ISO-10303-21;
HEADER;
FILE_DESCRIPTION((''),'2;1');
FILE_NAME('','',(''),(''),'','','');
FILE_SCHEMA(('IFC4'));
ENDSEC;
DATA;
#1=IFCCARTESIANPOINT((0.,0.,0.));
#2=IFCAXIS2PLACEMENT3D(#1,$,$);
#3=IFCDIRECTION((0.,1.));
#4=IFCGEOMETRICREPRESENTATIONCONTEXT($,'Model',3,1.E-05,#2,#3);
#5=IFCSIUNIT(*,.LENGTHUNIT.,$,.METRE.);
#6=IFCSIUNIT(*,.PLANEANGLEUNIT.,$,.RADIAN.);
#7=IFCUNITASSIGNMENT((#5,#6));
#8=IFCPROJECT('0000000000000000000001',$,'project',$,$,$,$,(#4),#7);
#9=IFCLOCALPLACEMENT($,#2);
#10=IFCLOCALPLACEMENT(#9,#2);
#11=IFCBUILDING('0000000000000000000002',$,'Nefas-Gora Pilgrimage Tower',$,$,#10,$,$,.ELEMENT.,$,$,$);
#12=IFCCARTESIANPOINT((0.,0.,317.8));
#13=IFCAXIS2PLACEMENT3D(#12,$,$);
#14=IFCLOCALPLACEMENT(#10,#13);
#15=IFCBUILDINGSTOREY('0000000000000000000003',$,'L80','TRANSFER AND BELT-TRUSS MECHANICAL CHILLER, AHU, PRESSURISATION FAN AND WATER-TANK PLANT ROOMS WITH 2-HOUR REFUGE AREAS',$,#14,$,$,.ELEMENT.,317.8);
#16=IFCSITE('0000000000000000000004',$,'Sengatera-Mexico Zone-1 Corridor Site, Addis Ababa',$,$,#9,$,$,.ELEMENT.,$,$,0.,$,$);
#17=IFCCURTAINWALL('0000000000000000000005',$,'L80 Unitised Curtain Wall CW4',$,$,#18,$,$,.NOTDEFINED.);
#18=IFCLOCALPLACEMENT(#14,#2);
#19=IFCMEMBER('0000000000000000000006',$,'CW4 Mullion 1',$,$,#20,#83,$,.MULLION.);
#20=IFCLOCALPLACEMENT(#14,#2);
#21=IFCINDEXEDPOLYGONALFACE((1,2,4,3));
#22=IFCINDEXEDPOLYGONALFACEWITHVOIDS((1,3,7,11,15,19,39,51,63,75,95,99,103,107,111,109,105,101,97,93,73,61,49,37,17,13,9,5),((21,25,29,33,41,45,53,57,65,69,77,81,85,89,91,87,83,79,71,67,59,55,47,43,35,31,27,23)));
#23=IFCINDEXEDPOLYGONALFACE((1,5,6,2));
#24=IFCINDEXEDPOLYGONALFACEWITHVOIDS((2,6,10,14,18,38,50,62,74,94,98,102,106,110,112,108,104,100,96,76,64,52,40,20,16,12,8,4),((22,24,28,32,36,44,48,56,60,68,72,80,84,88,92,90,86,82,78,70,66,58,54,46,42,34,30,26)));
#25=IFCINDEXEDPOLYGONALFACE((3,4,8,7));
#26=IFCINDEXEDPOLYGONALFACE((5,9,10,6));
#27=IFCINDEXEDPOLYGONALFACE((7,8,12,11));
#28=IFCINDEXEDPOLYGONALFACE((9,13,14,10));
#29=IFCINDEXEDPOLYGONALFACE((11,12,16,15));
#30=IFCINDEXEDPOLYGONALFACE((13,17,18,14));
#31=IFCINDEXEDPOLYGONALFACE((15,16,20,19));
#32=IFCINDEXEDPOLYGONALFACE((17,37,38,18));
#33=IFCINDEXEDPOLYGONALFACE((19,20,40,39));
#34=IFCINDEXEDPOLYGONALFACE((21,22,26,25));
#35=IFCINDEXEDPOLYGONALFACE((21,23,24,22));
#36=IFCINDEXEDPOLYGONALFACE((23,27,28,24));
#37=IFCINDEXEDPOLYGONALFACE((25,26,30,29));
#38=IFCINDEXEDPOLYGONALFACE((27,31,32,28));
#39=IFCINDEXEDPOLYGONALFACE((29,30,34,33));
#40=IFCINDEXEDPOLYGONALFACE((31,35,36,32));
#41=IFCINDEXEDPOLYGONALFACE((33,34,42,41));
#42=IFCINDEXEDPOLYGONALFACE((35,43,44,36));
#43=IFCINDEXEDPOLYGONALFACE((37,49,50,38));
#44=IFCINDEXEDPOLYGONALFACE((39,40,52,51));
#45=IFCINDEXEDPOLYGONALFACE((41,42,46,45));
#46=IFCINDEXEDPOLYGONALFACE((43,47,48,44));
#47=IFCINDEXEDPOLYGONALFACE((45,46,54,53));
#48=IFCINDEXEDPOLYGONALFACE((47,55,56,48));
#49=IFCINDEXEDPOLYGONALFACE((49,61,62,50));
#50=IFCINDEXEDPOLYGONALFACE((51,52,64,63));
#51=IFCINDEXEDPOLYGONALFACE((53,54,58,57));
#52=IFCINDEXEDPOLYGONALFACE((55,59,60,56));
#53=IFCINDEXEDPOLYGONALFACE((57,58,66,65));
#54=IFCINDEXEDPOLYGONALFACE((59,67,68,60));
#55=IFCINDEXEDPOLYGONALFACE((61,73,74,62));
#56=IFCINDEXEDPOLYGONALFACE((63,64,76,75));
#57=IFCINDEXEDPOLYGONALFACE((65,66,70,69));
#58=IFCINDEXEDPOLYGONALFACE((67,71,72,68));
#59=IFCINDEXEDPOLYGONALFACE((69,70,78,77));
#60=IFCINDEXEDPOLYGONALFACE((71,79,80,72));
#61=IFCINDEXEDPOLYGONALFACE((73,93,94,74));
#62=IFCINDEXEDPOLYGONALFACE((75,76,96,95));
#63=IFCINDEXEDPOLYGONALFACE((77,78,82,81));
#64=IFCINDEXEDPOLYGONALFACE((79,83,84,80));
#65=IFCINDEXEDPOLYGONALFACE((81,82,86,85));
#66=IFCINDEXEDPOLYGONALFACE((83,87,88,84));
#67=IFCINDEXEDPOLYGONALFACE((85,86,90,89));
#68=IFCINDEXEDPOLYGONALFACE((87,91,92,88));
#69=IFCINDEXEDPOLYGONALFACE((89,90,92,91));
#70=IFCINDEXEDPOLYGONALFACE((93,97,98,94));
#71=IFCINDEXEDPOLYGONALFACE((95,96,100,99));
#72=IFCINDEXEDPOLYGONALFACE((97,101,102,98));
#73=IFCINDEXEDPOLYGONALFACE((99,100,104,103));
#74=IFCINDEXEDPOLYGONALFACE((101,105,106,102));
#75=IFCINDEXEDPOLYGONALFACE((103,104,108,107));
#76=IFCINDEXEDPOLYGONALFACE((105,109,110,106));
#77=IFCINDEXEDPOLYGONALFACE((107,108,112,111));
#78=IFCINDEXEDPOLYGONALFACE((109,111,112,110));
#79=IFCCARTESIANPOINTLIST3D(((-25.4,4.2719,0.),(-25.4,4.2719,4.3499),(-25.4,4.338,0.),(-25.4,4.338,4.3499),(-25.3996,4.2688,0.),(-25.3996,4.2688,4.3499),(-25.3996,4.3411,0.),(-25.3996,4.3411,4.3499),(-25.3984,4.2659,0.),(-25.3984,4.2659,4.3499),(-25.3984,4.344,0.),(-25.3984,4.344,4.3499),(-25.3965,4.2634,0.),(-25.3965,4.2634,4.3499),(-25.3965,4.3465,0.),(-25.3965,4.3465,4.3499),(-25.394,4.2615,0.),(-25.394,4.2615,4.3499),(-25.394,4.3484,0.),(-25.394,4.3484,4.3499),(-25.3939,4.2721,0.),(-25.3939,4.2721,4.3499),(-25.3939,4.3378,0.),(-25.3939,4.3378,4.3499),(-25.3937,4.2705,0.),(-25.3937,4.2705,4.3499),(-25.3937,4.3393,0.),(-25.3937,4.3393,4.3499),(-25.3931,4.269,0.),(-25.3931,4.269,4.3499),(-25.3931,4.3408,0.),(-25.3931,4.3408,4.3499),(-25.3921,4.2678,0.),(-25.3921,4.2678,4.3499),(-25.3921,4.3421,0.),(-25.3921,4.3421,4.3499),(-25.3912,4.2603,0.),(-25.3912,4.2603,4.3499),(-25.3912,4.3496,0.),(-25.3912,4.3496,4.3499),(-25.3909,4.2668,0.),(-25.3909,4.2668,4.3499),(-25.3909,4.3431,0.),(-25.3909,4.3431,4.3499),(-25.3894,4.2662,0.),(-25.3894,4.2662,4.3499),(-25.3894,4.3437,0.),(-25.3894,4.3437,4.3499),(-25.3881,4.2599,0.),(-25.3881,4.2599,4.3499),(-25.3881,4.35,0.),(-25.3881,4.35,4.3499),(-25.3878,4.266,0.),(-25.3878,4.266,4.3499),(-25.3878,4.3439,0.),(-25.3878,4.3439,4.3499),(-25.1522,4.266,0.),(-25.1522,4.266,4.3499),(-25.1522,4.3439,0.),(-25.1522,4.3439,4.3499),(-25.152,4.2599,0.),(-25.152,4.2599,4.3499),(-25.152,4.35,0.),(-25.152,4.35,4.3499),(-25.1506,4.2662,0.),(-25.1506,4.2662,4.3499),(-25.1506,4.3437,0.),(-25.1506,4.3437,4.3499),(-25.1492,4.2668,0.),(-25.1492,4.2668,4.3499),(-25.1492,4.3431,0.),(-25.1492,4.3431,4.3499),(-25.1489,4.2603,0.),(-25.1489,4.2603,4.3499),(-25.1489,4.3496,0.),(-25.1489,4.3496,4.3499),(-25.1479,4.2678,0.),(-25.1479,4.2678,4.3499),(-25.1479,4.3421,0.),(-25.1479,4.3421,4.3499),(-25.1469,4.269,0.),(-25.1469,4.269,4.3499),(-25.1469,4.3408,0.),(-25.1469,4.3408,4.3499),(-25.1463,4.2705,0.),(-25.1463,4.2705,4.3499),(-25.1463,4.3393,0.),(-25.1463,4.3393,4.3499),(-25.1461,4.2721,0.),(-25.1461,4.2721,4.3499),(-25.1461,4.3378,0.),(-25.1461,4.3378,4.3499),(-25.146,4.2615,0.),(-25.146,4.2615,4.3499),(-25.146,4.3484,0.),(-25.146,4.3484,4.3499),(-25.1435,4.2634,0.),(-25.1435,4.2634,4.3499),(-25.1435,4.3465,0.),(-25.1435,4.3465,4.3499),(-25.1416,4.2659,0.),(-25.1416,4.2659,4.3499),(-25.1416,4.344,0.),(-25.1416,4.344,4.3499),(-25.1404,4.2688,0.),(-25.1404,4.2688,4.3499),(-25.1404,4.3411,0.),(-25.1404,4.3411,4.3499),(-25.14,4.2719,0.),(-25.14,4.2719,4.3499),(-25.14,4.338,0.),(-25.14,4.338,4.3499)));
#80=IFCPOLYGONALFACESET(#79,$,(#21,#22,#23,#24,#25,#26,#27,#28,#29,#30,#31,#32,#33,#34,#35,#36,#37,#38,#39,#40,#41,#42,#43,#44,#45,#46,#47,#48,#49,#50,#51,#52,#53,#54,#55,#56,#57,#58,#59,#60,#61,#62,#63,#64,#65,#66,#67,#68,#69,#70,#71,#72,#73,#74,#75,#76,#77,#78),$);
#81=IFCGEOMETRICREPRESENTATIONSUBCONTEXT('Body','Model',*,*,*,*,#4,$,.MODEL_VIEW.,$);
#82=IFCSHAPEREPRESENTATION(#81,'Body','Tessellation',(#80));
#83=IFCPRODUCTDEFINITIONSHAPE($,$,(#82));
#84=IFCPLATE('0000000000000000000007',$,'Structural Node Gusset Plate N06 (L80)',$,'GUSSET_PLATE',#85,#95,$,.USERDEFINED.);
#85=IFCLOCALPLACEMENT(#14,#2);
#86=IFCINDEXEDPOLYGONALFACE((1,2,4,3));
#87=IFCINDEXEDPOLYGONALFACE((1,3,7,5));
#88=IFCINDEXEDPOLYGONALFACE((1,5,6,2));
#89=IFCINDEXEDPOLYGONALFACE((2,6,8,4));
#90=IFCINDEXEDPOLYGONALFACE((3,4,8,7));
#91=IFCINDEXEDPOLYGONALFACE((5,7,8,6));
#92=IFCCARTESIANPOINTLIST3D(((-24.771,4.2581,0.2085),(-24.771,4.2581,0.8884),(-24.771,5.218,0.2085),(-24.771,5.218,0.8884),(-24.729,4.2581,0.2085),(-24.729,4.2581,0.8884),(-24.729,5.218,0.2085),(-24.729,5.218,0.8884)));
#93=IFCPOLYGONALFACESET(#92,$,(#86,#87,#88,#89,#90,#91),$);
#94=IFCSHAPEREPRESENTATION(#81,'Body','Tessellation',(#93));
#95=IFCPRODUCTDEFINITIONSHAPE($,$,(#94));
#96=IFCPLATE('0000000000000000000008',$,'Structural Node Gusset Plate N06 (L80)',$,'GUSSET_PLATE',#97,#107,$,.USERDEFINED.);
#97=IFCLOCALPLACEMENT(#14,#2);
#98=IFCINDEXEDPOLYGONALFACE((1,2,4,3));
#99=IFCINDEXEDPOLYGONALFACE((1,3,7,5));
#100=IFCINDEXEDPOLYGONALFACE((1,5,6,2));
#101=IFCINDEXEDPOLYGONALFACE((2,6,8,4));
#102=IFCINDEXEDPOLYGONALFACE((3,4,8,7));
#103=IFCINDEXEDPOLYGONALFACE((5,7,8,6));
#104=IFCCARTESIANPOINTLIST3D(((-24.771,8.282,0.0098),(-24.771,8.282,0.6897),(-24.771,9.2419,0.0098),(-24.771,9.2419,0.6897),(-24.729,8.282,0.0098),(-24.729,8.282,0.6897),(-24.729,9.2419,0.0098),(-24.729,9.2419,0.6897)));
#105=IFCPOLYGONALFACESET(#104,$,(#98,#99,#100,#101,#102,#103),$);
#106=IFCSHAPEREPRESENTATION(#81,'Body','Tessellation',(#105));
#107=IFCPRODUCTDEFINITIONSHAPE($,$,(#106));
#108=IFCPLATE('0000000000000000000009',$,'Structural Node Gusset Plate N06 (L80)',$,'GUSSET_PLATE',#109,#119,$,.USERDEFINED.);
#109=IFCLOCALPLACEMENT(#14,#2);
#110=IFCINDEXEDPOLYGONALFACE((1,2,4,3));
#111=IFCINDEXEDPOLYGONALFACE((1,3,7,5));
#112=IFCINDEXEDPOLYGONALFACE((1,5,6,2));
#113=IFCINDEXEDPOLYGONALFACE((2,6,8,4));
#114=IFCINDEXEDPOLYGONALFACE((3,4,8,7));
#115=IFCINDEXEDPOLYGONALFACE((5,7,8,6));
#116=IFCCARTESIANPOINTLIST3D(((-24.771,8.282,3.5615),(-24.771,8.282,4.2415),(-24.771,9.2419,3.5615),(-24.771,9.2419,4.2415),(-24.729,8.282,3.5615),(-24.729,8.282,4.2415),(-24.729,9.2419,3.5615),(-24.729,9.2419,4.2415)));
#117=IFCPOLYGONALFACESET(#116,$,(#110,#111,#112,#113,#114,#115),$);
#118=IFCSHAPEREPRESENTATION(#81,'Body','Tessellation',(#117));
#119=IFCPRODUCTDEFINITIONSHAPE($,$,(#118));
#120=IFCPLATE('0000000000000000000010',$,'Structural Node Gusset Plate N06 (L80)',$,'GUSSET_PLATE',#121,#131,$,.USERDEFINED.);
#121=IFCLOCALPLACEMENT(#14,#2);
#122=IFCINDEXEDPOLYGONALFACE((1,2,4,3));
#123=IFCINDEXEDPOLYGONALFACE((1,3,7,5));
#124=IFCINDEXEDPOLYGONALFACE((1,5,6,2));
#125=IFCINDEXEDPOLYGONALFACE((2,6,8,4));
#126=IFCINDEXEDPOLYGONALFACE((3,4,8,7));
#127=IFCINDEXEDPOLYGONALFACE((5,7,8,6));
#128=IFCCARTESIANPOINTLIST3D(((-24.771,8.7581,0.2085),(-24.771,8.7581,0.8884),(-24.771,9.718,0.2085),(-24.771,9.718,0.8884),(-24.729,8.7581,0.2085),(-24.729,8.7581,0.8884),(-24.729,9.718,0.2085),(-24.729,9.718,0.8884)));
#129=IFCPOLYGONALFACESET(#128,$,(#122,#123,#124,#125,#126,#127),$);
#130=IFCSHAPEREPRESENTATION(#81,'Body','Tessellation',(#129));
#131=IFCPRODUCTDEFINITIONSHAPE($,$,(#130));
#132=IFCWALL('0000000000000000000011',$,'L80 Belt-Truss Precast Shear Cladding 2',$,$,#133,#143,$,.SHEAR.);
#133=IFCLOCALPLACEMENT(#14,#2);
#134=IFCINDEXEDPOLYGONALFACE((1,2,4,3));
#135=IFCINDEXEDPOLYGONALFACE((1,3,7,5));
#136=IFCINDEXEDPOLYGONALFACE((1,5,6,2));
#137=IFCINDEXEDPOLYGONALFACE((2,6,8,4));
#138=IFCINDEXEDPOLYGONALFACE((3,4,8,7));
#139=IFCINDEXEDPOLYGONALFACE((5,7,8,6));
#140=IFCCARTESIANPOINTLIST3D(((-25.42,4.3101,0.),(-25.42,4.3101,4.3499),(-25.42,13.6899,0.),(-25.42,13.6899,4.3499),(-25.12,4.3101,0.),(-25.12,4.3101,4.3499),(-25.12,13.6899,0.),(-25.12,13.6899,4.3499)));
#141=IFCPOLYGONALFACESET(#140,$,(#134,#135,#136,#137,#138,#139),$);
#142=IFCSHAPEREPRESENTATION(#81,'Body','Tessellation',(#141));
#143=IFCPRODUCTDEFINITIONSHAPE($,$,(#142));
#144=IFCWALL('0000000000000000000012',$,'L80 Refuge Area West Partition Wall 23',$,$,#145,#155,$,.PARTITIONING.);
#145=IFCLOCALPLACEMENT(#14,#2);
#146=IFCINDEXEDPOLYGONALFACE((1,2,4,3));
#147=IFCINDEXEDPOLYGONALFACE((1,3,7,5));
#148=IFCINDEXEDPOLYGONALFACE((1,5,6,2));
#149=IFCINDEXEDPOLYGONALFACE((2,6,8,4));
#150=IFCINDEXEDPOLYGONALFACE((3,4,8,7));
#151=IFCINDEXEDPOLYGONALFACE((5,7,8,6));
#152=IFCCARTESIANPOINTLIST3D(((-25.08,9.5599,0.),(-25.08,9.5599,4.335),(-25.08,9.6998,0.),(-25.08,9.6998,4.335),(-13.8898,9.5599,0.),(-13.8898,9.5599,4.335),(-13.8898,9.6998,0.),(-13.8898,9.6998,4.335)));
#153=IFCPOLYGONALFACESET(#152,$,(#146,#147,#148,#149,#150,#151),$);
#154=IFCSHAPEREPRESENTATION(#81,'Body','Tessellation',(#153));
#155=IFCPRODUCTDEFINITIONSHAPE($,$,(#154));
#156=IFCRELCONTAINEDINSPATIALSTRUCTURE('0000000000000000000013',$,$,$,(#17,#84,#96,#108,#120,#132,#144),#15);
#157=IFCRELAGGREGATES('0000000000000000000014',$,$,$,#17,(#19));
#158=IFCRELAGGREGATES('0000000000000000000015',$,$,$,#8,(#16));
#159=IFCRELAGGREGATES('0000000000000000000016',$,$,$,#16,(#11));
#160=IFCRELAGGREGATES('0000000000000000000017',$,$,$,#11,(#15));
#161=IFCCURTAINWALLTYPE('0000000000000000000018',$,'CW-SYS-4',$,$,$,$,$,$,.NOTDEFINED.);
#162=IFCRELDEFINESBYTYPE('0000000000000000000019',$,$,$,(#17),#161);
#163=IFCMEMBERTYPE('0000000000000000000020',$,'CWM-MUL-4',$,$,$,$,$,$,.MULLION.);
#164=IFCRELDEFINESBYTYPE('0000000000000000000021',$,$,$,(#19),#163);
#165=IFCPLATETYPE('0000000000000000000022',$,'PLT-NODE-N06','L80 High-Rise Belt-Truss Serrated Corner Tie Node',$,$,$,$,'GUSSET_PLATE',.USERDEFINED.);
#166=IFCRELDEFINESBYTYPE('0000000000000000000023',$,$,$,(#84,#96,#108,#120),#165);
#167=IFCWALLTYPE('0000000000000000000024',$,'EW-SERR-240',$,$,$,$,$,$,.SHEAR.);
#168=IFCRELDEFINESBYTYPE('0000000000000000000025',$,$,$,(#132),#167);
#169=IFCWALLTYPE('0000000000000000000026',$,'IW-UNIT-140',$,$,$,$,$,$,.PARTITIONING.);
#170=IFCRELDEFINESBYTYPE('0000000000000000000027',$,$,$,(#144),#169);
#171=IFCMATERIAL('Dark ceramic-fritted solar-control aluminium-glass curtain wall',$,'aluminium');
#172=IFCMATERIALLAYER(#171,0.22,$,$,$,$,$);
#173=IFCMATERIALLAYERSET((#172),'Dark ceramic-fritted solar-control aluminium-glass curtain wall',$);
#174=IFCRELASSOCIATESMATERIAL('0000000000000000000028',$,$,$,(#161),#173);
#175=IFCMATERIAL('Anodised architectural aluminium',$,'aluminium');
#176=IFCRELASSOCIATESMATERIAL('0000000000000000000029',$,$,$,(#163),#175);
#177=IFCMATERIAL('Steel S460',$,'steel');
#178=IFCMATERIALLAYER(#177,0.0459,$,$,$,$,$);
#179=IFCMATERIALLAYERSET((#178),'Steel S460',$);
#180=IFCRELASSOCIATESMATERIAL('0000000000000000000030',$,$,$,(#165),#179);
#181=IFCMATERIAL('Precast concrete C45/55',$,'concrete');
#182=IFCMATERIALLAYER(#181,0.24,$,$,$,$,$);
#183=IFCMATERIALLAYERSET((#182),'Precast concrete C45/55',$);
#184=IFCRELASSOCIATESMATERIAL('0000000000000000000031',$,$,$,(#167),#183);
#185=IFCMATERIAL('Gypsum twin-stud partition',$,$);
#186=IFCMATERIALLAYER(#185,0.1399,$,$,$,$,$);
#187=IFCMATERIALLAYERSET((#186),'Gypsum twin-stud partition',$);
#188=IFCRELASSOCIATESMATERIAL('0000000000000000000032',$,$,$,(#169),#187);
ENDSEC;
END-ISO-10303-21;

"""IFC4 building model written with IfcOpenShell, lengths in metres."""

from ifc_helpers import new_model, si_unit, direction, frame, frame_2d, origin, origin_2d, place, context, subcontext, project, spatial, rectangle, hollow_rectangle, extrude, source, transform, mapped, material, layer, layer_set, material_profile, profile_set, type_object, element, aggregate, save


model = new_model("IFC4")

# Units and contexts
model_context = context("Model", 3, precision=1e-05, world=origin(), true_north=direction((0.0, 1.0)))
body_context = subcontext(model_context, "Body", "Model", "MODEL_VIEW")
ifc_project = project(units=[si_unit("LENGTHUNIT", "METRE"), si_unit("PLANEANGLEUNIT", "RADIAN")], contexts=[model_context])

# Site, building, storey
site_placement = place(None, origin())
site = spatial("IfcSite", under=ifc_project, at=site_placement, Name="Sengatera-Mexico Zone-1 Corridor Site, Addis Ababa", CompositionType="ELEMENT", RefElevation=0.0)
building_placement = place(site_placement, origin())
building = spatial("IfcBuilding", under=site, at=building_placement, Name="Nefas-Gora Pilgrimage Tower", CompositionType="ELEMENT")
storey_placement = place(building_placement, frame((0.0, 0.0, 317.8)))
storey = spatial("IfcBuildingStorey", under=building, at=storey_placement, Name="L80", Description="TRANSFER AND BELT-TRUSS MECHANICAL CHILLER, AHU, PRESSURISATION FAN AND WATER-TANK PLANT ROOMS WITH 2-HOUR REFUGE AREAS", CompositionType="ELEMENT", Elevation=317.8)

# Shared definitions
ifc_material_1 = material(Name="Steel S460", Category="steel")

# Curtain wall, member
ifc_material_2 = material(Name="Dark ceramic-fritted solar-control aluminium-glass curtain wall", Category="aluminium")
ifc_layer_1 = layer(ifc_material_2, 0.22)
ifc_layer_set_1 = layer_set([ifc_layer_1], Name="Dark ceramic-fritted solar-control aluminium-glass curtain wall")
curtain_wall_type = type_object("IfcCurtainWallType", Name="CW-SYS-4", PredefinedType="NOTDEFINED", material=ifc_layer_set_1)
curtain_wall_placement = place(storey_placement, origin())
curtain_wall = element("IfcCurtainWall", 1, at=curtain_wall_placement, inside=storey, type_object=curtain_wall_type, Name="L80 Unitised Curtain Wall CW4", PredefinedType="NOTDEFINED")
ifc_material_3 = material(Name="Anodised architectural aluminium", Category="aluminium")
ifc_material_profile_1 = material_profile(ifc_material_3, hollow_rectangle(XDim=0.0901, YDim=0.26, WallThickness=0.0061, InnerFilletRadius=0.0061, OuterFilletRadius=0.012, at=origin_2d()), Name="ALU MULLION 90x260")
ifc_profile_set_1 = profile_set([ifc_material_profile_1], Name="Anodised architectural aluminium")
member_type_1 = type_object("IfcMemberType", Name="CWM-MUL-4", PredefinedType="MULLION", material=ifc_profile_set_1)
shared_shape_1 = source(origin(), body_context, "Body", "SweptSolid", [
    extrude(hollow_rectangle(XDim=0.0901, YDim=0.26, WallThickness=0.0061, InnerFilletRadius=0.0061, OuterFilletRadius=0.012, at=origin_2d()), origin(), (0.0, 0.0, 1.0), 4.3499),
])
member_1_placement = place(storey_placement, frame((-25.27, 4.3049, 0.0), z_axis=(0.0, 0.0, 1.0), x_axis=(0.0, -1.0, 0.0)))
member_1 = element("IfcMember", 2, at=member_1_placement, type_object=member_type_1, Name="CW4 Mullion 1", PredefinedType="MULLION", context=body_context, shape_type="MappedRepresentation", body=[
    mapped(shared_shape_1, transform((0.0, 0.0, 0.0), x_axis=(1.0, 0.0, 0.0), y_axis=(0.0, 1.0, 0.0), z_axis=(0.0, 0.0, 1.0), scale=1.0)),
])
aggregate(curtain_wall, [member_1])

# Plates
ifc_layer_2 = layer(ifc_material_1, 0.0459)
ifc_layer_set_2 = layer_set([ifc_layer_2], Name="Steel S460")
plate_type = type_object("IfcPlateType", Name="PLT-NODE-N06", Description="L80 High-Rise Belt-Truss Serrated Corner Tie Node", ElementType="GUSSET_PLATE", PredefinedType="USERDEFINED", material=ifc_layer_set_2)
shared_shape_2 = source(origin(), body_context, "Body", "SweptSolid", [
    extrude(rectangle(XDim=0.96, YDim=0.042, at=origin_2d()), origin(), (0.0, 0.0, 1.0), 0.6799),
])
for number, where, z_axis, x_axis, name in (
    (3, (-24.75, 4.738, 0.2085), (0.0, 0.0, 1.0), (0.0, 1.0, 0.0), "Structural Node Gusset Plate N06 (L80)"),
    (4, (-24.75, 8.762, 0.0098), (0.0, 0.0, 1.0), (0.0, 1.0, 0.0), "Structural Node Gusset Plate N06 (L80)"),
    (5, (-24.75, 8.762, 3.5615), (0.0, 0.0, 1.0), (0.0, 1.0, 0.0), "Structural Node Gusset Plate N06 (L80)"),
    (6, (-24.75, 9.238, 0.2085), (0.0, 0.0, 1.0), (0.0, 1.0, 0.0), "Structural Node Gusset Plate N06 (L80)"),
):
    element("IfcPlate", number, at=place(storey_placement, frame(where, z_axis=z_axis, x_axis=x_axis)), inside=storey, type_object=plate_type, Name=name, ObjectType="GUSSET_PLATE", PredefinedType="USERDEFINED", context=body_context, shape_type="MappedRepresentation", body=[
        mapped(shared_shape_2, transform((0.0, 0.0, 0.0), x_axis=(1.0, 0.0, 0.0), y_axis=(0.0, 1.0, 0.0), z_axis=(0.0, 0.0, 1.0), scale=1.0)),
    ])

# Walls
ifc_material_4 = material(Name="Precast concrete C45/55", Category="concrete")
ifc_layer_3 = layer(ifc_material_4, 0.24)
ifc_layer_set_3 = layer_set([ifc_layer_3], Name="Precast concrete C45/55")
wall_type_1 = type_object("IfcWallType", Name="EW-SERR-240", PredefinedType="SHEAR", material=ifc_layer_set_3)
shared_shape_3 = source(origin(), body_context, "Body", "SweptSolid", [
    extrude(rectangle(XDim=9.3799, YDim=0.3, at=frame_2d((4.6899, 0.0))), origin(), (0.0, 0.0, 1.0), 4.3499),
])
wall_1_placement = place(storey_placement, frame((-25.27, 4.3101, 0.0), z_axis=(0.0, 0.0, 1.0), x_axis=(0.0, 1.0, 0.0)))
element("IfcWall", 7, at=wall_1_placement, inside=storey, type_object=wall_type_1, Name="L80 Belt-Truss Precast Shear Cladding 2", PredefinedType="SHEAR", context=body_context, shape_type="MappedRepresentation", body=[
    mapped(shared_shape_3, transform((0.0, 0.0, 0.0), x_axis=(1.0, 0.0, 0.0), y_axis=(0.0, 1.0, 0.0), z_axis=(0.0, 0.0, 1.0), scale=1.0)),
])
ifc_material_5 = material(Name="Gypsum twin-stud partition")
ifc_layer_4 = layer(ifc_material_5, 0.1399)
ifc_layer_set_4 = layer_set([ifc_layer_4], Name="Gypsum twin-stud partition")
wall_type_2 = type_object("IfcWallType", Name="IW-UNIT-140", PredefinedType="PARTITIONING", material=ifc_layer_set_4)
shared_shape_4 = source(origin(), body_context, "Body", "SweptSolid", [
    extrude(rectangle(XDim=11.1902, YDim=0.1399, at=frame_2d((5.5952, 0.0))), origin(), (0.0, 0.0, 1.0), 4.335),
])
wall_2_placement = place(storey_placement, frame((-25.0801, 9.6299, 0.0), z_axis=(0.0, 0.0, 1.0), x_axis=(1.0, 0.0, 0.0)))
element("IfcWall", 8, at=wall_2_placement, inside=storey, type_object=wall_type_2, Name="L80 Refuge Area West Partition Wall 23", PredefinedType="PARTITIONING", context=body_context, shape_type="MappedRepresentation", body=[
    mapped(shared_shape_4, transform((0.0, 0.0, 0.0), x_axis=(1.0, 0.0, 0.0), y_axis=(0.0, 1.0, 0.0), z_axis=(0.0, 0.0, 1.0), scale=1.0)),
])

save(model, "model.ifc")
